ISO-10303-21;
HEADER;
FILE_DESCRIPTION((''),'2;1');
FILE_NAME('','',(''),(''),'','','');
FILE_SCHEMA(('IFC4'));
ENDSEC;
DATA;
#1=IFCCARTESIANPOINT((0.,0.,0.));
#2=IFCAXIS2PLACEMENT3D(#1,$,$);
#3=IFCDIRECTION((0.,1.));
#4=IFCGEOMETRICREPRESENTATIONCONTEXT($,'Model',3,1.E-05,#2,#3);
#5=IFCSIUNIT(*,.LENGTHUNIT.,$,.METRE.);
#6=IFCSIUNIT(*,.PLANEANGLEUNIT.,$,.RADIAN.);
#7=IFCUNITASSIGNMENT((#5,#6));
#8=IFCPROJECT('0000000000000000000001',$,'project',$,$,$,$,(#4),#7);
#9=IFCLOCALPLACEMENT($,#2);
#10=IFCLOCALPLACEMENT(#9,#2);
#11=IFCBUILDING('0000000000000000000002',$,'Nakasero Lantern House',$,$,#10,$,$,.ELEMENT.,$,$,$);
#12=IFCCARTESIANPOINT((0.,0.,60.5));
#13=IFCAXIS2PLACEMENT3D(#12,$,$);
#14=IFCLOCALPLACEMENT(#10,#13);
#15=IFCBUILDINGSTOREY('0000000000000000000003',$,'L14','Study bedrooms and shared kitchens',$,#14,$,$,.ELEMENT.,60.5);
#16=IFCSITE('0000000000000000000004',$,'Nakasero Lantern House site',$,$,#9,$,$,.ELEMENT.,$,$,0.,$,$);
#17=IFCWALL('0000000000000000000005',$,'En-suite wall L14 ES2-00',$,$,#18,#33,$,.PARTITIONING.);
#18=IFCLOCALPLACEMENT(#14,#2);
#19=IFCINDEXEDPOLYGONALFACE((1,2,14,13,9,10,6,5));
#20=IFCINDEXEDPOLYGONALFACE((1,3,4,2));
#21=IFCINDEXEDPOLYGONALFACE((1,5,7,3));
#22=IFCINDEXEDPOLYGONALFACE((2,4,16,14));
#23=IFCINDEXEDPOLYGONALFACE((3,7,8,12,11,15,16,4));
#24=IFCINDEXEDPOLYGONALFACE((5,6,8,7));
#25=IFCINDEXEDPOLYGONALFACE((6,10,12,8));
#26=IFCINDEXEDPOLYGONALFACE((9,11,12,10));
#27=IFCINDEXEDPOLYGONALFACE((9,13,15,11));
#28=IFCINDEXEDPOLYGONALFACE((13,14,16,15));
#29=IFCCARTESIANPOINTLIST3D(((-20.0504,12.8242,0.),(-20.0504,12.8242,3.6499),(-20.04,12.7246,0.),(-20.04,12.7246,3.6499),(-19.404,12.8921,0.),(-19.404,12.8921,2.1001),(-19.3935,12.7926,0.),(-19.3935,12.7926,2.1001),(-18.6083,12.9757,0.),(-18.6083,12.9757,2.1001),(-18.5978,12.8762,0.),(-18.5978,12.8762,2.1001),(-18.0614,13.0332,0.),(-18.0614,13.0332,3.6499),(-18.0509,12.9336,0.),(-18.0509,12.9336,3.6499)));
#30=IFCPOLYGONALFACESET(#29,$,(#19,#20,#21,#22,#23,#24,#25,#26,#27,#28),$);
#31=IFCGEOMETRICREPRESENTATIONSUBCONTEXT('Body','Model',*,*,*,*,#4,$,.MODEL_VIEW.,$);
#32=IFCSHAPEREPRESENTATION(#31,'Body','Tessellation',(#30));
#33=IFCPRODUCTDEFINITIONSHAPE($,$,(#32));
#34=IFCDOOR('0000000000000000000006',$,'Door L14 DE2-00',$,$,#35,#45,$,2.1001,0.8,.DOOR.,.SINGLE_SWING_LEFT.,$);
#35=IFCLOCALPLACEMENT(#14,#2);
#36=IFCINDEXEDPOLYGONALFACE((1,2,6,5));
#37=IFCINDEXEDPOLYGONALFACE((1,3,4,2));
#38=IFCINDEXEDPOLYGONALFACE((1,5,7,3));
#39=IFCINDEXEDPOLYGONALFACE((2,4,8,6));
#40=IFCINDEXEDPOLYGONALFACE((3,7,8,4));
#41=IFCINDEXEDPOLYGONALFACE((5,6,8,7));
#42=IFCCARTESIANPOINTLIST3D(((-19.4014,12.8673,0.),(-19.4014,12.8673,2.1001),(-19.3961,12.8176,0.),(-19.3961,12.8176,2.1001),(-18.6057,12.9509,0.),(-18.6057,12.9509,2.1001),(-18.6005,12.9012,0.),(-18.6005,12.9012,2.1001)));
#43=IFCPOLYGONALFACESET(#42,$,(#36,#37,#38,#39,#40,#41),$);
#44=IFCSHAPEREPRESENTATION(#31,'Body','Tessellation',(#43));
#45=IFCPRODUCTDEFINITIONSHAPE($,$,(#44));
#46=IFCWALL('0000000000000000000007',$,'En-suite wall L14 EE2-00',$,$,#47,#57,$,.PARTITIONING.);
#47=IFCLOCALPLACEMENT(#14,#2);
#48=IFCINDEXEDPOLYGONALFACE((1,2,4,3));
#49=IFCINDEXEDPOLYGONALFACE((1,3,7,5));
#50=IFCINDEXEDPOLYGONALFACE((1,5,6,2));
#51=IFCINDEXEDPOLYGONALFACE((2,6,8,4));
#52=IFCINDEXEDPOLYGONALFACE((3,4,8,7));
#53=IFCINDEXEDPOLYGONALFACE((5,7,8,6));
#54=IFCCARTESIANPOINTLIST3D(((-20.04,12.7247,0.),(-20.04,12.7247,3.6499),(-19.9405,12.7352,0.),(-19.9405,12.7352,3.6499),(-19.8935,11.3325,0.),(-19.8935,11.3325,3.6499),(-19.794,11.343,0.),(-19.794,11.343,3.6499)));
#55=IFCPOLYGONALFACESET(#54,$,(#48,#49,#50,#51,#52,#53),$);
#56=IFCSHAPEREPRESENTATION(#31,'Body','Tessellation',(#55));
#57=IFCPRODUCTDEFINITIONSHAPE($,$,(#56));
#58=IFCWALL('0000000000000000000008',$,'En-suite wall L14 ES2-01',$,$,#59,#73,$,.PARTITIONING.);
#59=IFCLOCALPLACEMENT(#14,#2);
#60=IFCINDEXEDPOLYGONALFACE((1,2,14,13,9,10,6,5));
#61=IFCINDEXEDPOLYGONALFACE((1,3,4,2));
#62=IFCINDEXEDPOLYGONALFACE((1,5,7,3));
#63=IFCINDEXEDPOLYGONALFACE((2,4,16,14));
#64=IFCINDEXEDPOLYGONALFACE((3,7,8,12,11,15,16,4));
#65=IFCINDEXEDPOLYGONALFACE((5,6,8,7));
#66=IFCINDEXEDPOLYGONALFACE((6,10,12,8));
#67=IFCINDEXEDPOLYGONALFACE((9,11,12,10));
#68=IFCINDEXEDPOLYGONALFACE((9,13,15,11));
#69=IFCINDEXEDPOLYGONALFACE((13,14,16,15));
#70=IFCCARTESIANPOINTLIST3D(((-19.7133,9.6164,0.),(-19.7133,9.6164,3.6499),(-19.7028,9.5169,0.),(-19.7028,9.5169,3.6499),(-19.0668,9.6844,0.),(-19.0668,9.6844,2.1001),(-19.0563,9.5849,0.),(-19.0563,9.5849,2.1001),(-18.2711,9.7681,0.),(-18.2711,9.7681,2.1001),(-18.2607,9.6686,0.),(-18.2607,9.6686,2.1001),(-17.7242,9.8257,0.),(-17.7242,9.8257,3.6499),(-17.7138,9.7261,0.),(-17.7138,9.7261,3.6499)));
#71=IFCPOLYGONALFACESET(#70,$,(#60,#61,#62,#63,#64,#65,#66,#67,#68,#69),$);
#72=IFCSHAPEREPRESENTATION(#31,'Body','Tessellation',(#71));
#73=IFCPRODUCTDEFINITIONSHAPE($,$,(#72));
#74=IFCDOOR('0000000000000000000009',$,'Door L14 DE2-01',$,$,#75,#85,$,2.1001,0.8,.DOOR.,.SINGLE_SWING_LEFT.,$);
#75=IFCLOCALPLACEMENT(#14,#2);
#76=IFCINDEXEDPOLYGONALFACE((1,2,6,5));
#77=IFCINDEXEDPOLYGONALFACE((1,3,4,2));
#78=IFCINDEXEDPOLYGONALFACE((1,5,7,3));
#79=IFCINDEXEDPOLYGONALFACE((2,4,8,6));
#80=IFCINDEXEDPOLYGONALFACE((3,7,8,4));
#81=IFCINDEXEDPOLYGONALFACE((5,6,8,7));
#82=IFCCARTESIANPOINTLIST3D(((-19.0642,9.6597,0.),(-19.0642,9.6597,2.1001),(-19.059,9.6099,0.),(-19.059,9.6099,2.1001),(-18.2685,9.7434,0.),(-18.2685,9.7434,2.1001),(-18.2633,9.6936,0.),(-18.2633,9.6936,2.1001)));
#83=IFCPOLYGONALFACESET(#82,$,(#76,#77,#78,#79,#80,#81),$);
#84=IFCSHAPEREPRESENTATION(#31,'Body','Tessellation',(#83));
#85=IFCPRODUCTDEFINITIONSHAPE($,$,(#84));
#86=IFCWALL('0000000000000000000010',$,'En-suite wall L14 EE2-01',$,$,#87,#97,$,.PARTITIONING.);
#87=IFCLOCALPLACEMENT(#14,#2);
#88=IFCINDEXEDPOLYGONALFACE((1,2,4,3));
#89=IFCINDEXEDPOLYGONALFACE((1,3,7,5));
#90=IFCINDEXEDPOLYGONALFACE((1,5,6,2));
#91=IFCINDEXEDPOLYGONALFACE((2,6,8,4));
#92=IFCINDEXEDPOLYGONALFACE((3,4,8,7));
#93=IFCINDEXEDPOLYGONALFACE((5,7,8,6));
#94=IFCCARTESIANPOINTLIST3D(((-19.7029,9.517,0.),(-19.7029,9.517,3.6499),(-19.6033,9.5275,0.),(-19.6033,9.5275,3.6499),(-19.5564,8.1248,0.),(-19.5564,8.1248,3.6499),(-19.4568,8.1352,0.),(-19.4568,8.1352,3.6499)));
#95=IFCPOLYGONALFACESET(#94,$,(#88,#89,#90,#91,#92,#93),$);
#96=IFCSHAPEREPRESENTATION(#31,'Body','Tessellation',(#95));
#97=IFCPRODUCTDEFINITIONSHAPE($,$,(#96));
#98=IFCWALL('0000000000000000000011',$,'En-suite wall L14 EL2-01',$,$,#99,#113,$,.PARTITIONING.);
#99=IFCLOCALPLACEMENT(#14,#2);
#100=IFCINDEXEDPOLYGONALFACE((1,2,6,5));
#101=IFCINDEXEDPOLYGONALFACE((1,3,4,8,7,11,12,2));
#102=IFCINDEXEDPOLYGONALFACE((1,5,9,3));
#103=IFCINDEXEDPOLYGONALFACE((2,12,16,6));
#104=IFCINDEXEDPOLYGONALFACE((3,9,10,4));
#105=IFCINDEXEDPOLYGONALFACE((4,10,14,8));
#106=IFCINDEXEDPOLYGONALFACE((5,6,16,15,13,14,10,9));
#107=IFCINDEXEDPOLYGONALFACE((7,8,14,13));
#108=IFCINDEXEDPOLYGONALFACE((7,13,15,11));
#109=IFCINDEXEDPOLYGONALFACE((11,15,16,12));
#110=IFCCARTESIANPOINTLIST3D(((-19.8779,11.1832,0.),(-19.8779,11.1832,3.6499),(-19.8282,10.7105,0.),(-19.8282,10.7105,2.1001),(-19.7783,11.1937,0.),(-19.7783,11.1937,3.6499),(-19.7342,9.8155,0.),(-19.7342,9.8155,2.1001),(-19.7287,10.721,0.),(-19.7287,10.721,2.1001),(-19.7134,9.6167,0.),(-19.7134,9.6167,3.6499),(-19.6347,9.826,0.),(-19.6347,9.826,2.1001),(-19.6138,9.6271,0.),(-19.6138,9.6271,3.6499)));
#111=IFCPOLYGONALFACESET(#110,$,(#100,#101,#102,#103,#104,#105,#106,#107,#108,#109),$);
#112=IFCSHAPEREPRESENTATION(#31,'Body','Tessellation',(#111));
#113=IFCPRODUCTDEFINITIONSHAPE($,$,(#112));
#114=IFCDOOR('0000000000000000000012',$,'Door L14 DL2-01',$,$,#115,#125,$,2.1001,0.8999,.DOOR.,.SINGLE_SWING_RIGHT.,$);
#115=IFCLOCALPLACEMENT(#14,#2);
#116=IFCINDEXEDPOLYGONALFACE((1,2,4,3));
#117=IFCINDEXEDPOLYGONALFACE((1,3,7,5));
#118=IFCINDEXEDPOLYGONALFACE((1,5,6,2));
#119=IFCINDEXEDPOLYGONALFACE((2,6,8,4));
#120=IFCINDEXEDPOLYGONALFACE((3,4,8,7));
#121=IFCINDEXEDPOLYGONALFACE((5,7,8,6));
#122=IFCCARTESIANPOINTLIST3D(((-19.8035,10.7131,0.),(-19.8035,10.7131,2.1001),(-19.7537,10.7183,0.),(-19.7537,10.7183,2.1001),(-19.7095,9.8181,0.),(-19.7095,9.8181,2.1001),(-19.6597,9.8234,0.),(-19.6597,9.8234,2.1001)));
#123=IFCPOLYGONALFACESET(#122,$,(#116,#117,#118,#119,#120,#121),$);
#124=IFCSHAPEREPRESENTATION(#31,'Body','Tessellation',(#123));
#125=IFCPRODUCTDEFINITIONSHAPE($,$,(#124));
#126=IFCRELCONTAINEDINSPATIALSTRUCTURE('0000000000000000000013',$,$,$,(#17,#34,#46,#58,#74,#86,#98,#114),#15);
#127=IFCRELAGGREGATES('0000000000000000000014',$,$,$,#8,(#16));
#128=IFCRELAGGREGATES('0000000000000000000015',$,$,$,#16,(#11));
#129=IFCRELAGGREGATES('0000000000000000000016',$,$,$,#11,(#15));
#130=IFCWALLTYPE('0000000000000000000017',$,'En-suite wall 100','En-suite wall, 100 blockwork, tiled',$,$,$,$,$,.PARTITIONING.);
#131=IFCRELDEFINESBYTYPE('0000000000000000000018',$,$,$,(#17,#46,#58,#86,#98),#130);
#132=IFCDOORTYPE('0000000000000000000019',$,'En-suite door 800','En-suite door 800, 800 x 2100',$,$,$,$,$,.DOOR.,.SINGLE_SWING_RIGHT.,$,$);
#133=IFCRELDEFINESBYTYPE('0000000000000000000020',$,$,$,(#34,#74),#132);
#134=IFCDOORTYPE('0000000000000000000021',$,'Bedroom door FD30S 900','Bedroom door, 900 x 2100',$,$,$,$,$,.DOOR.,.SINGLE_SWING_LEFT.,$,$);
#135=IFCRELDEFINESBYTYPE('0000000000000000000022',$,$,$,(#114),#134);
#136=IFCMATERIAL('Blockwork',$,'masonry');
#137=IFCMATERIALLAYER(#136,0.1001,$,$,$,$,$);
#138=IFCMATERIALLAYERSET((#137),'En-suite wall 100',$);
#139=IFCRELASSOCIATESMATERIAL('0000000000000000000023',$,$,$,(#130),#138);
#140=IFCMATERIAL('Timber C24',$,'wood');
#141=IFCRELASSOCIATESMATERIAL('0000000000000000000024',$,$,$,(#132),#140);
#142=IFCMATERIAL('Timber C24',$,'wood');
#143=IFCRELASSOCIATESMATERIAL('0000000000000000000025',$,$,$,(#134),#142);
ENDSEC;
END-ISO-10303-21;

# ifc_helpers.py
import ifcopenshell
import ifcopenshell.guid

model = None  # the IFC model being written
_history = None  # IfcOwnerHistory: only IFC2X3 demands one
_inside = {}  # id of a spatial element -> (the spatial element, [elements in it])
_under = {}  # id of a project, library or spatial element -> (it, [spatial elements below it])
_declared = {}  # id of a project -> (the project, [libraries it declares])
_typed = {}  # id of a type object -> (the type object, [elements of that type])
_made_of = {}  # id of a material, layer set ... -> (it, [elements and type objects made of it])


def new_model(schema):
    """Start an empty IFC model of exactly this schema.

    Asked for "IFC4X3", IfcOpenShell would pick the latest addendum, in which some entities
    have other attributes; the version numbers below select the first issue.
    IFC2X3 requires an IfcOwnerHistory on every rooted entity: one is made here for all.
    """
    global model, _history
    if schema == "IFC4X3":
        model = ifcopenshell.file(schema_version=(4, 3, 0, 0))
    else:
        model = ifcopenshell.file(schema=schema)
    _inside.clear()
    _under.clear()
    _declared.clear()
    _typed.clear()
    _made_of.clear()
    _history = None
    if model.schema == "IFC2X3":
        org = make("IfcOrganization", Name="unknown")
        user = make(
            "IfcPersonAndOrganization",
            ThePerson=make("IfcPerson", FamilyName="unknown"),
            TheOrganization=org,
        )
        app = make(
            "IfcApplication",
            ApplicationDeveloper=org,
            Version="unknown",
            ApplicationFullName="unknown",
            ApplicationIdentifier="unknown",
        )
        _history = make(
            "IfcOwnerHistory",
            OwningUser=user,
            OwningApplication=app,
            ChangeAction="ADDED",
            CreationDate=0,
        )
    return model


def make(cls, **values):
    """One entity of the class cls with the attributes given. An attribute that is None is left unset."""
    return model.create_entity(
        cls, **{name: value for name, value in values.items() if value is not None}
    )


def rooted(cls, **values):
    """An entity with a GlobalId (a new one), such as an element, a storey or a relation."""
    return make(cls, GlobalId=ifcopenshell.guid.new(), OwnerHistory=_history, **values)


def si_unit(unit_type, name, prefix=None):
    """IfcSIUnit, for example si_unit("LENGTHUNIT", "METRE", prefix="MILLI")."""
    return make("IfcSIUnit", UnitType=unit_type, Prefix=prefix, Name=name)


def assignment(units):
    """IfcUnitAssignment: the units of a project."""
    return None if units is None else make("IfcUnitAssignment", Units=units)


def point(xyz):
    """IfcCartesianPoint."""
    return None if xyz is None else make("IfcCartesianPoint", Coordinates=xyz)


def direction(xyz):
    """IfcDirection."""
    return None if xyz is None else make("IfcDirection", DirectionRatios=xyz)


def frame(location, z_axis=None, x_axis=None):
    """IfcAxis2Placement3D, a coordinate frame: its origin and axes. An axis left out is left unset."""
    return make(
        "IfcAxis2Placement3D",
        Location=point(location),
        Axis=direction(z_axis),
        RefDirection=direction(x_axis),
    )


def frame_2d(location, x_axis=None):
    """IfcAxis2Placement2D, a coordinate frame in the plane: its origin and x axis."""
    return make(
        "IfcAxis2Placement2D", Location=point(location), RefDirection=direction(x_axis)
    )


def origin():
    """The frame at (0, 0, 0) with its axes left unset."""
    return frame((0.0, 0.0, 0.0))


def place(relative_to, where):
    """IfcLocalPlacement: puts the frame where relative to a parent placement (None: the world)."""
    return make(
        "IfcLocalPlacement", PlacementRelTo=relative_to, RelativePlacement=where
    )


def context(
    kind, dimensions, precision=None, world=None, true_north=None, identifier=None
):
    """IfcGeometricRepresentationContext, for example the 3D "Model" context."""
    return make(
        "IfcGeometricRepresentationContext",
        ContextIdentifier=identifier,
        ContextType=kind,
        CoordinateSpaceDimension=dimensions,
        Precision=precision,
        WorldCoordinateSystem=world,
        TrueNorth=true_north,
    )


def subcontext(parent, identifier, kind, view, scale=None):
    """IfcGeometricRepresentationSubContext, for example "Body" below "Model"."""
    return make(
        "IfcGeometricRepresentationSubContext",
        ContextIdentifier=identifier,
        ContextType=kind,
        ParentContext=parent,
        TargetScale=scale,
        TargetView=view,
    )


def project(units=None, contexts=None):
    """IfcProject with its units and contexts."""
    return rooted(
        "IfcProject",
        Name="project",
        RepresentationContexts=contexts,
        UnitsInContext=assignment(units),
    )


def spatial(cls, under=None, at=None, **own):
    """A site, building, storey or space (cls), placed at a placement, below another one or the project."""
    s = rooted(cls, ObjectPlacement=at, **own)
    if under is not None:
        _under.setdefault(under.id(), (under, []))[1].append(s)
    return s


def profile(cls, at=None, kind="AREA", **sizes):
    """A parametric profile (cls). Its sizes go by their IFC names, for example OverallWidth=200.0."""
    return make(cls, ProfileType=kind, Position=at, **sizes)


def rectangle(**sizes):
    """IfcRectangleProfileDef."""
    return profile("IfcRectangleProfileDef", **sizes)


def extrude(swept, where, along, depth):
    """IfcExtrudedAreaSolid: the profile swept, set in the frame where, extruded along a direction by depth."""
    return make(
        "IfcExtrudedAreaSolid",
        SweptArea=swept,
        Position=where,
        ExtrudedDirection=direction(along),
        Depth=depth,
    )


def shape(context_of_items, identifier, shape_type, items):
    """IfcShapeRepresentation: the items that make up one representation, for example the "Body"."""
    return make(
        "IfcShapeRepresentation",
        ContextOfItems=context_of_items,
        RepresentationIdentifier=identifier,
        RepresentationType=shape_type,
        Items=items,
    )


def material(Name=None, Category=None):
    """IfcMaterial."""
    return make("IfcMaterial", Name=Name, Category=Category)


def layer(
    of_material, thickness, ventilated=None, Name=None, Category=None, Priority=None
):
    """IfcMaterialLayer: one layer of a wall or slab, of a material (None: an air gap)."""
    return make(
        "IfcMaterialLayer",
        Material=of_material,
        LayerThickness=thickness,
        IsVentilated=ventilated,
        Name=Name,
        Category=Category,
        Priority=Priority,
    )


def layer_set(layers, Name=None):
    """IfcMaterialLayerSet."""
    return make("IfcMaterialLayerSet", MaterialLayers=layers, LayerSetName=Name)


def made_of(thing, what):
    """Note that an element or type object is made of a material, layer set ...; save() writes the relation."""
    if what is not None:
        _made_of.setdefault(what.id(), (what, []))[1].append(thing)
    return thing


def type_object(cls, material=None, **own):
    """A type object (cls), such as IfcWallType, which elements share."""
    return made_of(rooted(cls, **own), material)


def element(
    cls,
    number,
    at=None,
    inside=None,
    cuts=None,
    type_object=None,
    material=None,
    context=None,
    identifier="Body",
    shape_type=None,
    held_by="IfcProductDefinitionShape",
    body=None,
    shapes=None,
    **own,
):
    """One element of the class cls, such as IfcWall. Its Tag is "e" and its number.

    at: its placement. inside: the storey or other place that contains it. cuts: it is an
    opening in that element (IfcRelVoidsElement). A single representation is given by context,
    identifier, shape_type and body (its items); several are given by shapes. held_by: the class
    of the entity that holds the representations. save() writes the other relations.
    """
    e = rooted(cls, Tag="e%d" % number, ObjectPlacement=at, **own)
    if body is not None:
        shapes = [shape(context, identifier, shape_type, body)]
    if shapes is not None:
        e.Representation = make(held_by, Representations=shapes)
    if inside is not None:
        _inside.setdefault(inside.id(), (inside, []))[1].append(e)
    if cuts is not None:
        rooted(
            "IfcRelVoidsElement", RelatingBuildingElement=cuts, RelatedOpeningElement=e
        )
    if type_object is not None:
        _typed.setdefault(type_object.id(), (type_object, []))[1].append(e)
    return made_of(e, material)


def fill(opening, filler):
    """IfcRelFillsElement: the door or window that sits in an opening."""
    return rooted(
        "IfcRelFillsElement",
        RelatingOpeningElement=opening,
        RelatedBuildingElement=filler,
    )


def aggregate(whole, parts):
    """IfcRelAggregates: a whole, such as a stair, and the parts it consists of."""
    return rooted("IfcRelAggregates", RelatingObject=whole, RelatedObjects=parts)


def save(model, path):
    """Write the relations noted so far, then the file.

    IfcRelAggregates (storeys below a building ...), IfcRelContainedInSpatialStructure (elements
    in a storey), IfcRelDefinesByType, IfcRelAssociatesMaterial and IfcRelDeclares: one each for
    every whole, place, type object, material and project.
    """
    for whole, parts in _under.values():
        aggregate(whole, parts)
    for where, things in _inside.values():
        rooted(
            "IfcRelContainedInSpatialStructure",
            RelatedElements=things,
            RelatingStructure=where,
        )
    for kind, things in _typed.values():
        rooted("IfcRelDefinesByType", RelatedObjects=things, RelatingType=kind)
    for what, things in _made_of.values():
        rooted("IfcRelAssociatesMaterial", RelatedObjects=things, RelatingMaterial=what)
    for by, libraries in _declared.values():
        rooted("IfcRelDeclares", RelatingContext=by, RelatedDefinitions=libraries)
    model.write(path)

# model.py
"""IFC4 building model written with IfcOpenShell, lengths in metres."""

from ifc_helpers import new_model, si_unit, direction, frame, frame_2d, origin, place, context, subcontext, project, spatial, rectangle, extrude, material, layer, layer_set, type_object, element, fill, save


model = new_model("IFC4")

# Units and contexts
model_context = context("Model", 3, precision=1e-05, world=origin(), true_north=direction((0.0, 1.0)))
body_context = subcontext(model_context, "Body", "Model", "MODEL_VIEW")
ifc_project = project(units=[si_unit("LENGTHUNIT", "METRE"), si_unit("PLANEANGLEUNIT", "RADIAN")], contexts=[model_context])

# Site, building, storey
site_placement = place(None, origin())
site = spatial("IfcSite", under=ifc_project, at=site_placement, Name="Nakasero Lantern House site", CompositionType="ELEMENT", RefElevation=0.0)
building_placement = place(site_placement, origin())
building = spatial("IfcBuilding", under=site, at=building_placement, Name="Nakasero Lantern House", CompositionType="ELEMENT")
storey_placement = place(building_placement, frame((0.0, 0.0, 60.5)))
storey = spatial("IfcBuildingStorey", under=building, at=storey_placement, Name="L14", Description="Study bedrooms and shared kitchens", CompositionType="ELEMENT", Elevation=60.5)

# Wall, opening, door
ifc_material_1 = material(Name="Blockwork", Category="masonry")
ifc_layer_1 = layer(ifc_material_1, 0.1001)
ifc_layer_set_1 = layer_set([ifc_layer_1], Name="En-suite wall 100")
wall_type_1 = type_object("IfcWallType", Name="En-suite wall 100", Description="En-suite wall, 100 blockwork, tiled", PredefinedType="PARTITIONING", material=ifc_layer_set_1)
wall_1_placement = place(storey_placement, frame((-18.0562, 12.9834, 0.0), z_axis=(0.0, 0.0, 1.0), x_axis=(-0.994526, -0.104494, 0.0)))
wall_1 = element("IfcWall", 1, at=wall_1_placement, inside=storey, type_object=wall_type_1, Name="En-suite wall L14 ES2-00", PredefinedType="PARTITIONING", context=body_context, shape_type="SweptSolid", body=[
    extrude(rectangle(XDim=2.0, YDim=0.1001, at=frame_2d((1.0, 0.0))), origin(), (0.0, 0.0, 1.0), 3.6499),
])
opening_1_placement = place(wall_1_placement, frame((0.55, 0.0, 0.0)))
opening_1 = element("IfcOpeningElement", 2, at=opening_1_placement, cuts=wall_1, PredefinedType="OPENING", context=body_context, shape_type="SweptSolid", body=[
    extrude(rectangle(XDim=0.8, YDim=2.1001, at=frame_2d((0.3999, 1.05))), frame((0.0, 0.0701, 0.0), z_axis=(0.0, -1.0, 0.0), x_axis=(1.0, 0.0, 0.0)), (0.0, 0.0, 1.0), 0.1401),
])
ifc_material_2 = material(Name="Timber C24", Category="wood")
door_type_1 = type_object("IfcDoorType", Name="En-suite door 800", Description="En-suite door 800, 800 x 2100", OperationType="SINGLE_SWING_RIGHT", PredefinedType="DOOR", material=ifc_material_2)
door_1_placement = place(opening_1_placement, origin())
door_1 = element("IfcDoor", 3, at=door_1_placement, inside=storey, type_object=door_type_1, Name="Door L14 DE2-00", OperationType="SINGLE_SWING_LEFT", OverallHeight=2.1001, OverallWidth=0.8, PredefinedType="DOOR", context=body_context, shape_type="SweptSolid", body=[
    extrude(rectangle(XDim=0.8, YDim=2.1001, at=frame_2d((0.3999, 1.05))), frame((0.0, 0.0249, 0.0), z_axis=(0.0, -1.0, 0.0), x_axis=(1.0, 0.0, 0.0)), (0.0, 0.0, 1.0), 0.05),
])
fill(opening_1, door_1)

# Wall
wall_2_placement = place(storey_placement, frame((-19.9902, 12.73, 0.0), z_axis=(0.0, 0.0, 1.0), x_axis=(0.10463, -0.994511, 0.0)))
element("IfcWall", 4, at=wall_2_placement, inside=storey, type_object=wall_type_1, Name="En-suite wall L14 EE2-00", PredefinedType="PARTITIONING", context=body_context, shape_type="SweptSolid", body=[
    extrude(rectangle(XDim=1.3999, YDim=0.1001, at=frame_2d((0.7, 0.0))), origin(), (0.0, 0.0, 1.0), 3.6499),
])

# Wall, opening, door
wall_3_placement = place(storey_placement, frame((-17.719, 9.7759, 0.0), z_axis=(0.0, 0.0, 1.0), x_axis=(-0.994513, -0.104615, 0.0)))
wall_3 = element("IfcWall", 5, at=wall_3_placement, inside=storey, type_object=wall_type_1, Name="En-suite wall L14 ES2-01", PredefinedType="PARTITIONING", context=body_context, shape_type="SweptSolid", body=[
    extrude(rectangle(XDim=2.0, YDim=0.1001, at=frame_2d((1.0, 0.0))), origin(), (0.0, 0.0, 1.0), 3.6499),
])
opening_2_placement = place(wall_3_placement, frame((0.55, 0.0, 0.0)))
opening_2 = element("IfcOpeningElement", 6, at=opening_2_placement, cuts=wall_3, PredefinedType="OPENING", context=body_context, shape_type="SweptSolid", body=[
    extrude(rectangle(XDim=0.8, YDim=2.1001, at=frame_2d((0.3999, 1.05))), frame((0.0, 0.0701, 0.0), z_axis=(0.0, -1.0, 0.0), x_axis=(1.0, 0.0, 0.0)), (0.0, 0.0, 1.0), 0.1401),
])
door_2_placement = place(opening_2_placement, origin())
door_2 = element("IfcDoor", 7, at=door_2_placement, inside=storey, type_object=door_type_1, Name="Door L14 DE2-01", OperationType="SINGLE_SWING_LEFT", OverallHeight=2.1001, OverallWidth=0.8, PredefinedType="DOOR", context=body_context, shape_type="SweptSolid", body=[
    extrude(rectangle(XDim=0.8, YDim=2.1001, at=frame_2d((0.3999, 1.05))), frame((0.0, 0.0249, 0.0), z_axis=(0.0, -1.0, 0.0), x_axis=(1.0, 0.0, 0.0)), (0.0, 0.0, 1.0), 0.05),
])
fill(opening_2, door_2)

# Wall
wall_4_placement = place(storey_placement, frame((-19.6531, 9.5222, 0.0), z_axis=(0.0, 0.0, 1.0), x_axis=(0.10463, -0.994511, 0.0)))
element("IfcWall", 8, at=wall_4_placement, inside=storey, type_object=wall_type_1, Name="En-suite wall L14 EE2-01", PredefinedType="PARTITIONING", context=body_context, shape_type="SweptSolid", body=[
    extrude(rectangle(XDim=1.3999, YDim=0.1001, at=frame_2d((0.7, 0.0))), origin(), (0.0, 0.0, 1.0), 3.6499),
])

# Wall, opening, door
wall_5_placement = place(storey_placement, frame((-19.8281, 11.1885, 0.0), z_axis=(0.0, 0.0, 1.0), x_axis=(0.104459, -0.994529, 0.0)))
wall_5 = element("IfcWall", 9, at=wall_5_placement, inside=storey, type_object=wall_type_1, Name="En-suite wall L14 EL2-01", PredefinedType="PARTITIONING", context=body_context, shape_type="SweptSolid", body=[
    extrude(rectangle(XDim=1.5752, YDim=0.1001, at=frame_2d((0.7876, 0.0))), origin(), (0.0, 0.0, 1.0), 3.6499),
])
opening_3_placement = place(wall_5_placement, frame((0.4753, 0.0, 0.0)))
opening_3 = element("IfcOpeningElement", 10, at=opening_3_placement, cuts=wall_5, PredefinedType="OPENING", context=body_context, shape_type="SweptSolid", body=[
    extrude(rectangle(XDim=0.8999, YDim=2.1001, at=frame_2d((0.45, 1.05))), frame((0.0, 0.0701, 0.0), z_axis=(0.0, -1.0, 0.0), x_axis=(1.0, 0.0, 0.0)), (0.0, 0.0, 1.0), 0.1401),
])
ifc_material_3 = material(Name="Timber C24", Category="wood")
door_type_2 = type_object("IfcDoorType", Name="Bedroom door FD30S 900", Description="Bedroom door, 900 x 2100", OperationType="SINGLE_SWING_LEFT", PredefinedType="DOOR", material=ifc_material_3)
door_3_placement = place(opening_3_placement, origin())
door_3 = element("IfcDoor", 11, at=door_3_placement, inside=storey, type_object=door_type_2, Name="Door L14 DL2-01", OperationType="SINGLE_SWING_RIGHT", OverallHeight=2.1001, OverallWidth=0.8999, PredefinedType="DOOR", context=body_context, shape_type="SweptSolid", body=[
    extrude(rectangle(XDim=0.8999, YDim=2.1001, at=frame_2d((0.45, 1.05))), frame((0.0, 0.0249, 0.0), z_axis=(0.0, -1.0, 0.0), x_axis=(1.0, 0.0, 0.0)), (0.0, 0.0, 1.0), 0.05),
])
fill(opening_3, door_3)

save(model, "model.ifc")
